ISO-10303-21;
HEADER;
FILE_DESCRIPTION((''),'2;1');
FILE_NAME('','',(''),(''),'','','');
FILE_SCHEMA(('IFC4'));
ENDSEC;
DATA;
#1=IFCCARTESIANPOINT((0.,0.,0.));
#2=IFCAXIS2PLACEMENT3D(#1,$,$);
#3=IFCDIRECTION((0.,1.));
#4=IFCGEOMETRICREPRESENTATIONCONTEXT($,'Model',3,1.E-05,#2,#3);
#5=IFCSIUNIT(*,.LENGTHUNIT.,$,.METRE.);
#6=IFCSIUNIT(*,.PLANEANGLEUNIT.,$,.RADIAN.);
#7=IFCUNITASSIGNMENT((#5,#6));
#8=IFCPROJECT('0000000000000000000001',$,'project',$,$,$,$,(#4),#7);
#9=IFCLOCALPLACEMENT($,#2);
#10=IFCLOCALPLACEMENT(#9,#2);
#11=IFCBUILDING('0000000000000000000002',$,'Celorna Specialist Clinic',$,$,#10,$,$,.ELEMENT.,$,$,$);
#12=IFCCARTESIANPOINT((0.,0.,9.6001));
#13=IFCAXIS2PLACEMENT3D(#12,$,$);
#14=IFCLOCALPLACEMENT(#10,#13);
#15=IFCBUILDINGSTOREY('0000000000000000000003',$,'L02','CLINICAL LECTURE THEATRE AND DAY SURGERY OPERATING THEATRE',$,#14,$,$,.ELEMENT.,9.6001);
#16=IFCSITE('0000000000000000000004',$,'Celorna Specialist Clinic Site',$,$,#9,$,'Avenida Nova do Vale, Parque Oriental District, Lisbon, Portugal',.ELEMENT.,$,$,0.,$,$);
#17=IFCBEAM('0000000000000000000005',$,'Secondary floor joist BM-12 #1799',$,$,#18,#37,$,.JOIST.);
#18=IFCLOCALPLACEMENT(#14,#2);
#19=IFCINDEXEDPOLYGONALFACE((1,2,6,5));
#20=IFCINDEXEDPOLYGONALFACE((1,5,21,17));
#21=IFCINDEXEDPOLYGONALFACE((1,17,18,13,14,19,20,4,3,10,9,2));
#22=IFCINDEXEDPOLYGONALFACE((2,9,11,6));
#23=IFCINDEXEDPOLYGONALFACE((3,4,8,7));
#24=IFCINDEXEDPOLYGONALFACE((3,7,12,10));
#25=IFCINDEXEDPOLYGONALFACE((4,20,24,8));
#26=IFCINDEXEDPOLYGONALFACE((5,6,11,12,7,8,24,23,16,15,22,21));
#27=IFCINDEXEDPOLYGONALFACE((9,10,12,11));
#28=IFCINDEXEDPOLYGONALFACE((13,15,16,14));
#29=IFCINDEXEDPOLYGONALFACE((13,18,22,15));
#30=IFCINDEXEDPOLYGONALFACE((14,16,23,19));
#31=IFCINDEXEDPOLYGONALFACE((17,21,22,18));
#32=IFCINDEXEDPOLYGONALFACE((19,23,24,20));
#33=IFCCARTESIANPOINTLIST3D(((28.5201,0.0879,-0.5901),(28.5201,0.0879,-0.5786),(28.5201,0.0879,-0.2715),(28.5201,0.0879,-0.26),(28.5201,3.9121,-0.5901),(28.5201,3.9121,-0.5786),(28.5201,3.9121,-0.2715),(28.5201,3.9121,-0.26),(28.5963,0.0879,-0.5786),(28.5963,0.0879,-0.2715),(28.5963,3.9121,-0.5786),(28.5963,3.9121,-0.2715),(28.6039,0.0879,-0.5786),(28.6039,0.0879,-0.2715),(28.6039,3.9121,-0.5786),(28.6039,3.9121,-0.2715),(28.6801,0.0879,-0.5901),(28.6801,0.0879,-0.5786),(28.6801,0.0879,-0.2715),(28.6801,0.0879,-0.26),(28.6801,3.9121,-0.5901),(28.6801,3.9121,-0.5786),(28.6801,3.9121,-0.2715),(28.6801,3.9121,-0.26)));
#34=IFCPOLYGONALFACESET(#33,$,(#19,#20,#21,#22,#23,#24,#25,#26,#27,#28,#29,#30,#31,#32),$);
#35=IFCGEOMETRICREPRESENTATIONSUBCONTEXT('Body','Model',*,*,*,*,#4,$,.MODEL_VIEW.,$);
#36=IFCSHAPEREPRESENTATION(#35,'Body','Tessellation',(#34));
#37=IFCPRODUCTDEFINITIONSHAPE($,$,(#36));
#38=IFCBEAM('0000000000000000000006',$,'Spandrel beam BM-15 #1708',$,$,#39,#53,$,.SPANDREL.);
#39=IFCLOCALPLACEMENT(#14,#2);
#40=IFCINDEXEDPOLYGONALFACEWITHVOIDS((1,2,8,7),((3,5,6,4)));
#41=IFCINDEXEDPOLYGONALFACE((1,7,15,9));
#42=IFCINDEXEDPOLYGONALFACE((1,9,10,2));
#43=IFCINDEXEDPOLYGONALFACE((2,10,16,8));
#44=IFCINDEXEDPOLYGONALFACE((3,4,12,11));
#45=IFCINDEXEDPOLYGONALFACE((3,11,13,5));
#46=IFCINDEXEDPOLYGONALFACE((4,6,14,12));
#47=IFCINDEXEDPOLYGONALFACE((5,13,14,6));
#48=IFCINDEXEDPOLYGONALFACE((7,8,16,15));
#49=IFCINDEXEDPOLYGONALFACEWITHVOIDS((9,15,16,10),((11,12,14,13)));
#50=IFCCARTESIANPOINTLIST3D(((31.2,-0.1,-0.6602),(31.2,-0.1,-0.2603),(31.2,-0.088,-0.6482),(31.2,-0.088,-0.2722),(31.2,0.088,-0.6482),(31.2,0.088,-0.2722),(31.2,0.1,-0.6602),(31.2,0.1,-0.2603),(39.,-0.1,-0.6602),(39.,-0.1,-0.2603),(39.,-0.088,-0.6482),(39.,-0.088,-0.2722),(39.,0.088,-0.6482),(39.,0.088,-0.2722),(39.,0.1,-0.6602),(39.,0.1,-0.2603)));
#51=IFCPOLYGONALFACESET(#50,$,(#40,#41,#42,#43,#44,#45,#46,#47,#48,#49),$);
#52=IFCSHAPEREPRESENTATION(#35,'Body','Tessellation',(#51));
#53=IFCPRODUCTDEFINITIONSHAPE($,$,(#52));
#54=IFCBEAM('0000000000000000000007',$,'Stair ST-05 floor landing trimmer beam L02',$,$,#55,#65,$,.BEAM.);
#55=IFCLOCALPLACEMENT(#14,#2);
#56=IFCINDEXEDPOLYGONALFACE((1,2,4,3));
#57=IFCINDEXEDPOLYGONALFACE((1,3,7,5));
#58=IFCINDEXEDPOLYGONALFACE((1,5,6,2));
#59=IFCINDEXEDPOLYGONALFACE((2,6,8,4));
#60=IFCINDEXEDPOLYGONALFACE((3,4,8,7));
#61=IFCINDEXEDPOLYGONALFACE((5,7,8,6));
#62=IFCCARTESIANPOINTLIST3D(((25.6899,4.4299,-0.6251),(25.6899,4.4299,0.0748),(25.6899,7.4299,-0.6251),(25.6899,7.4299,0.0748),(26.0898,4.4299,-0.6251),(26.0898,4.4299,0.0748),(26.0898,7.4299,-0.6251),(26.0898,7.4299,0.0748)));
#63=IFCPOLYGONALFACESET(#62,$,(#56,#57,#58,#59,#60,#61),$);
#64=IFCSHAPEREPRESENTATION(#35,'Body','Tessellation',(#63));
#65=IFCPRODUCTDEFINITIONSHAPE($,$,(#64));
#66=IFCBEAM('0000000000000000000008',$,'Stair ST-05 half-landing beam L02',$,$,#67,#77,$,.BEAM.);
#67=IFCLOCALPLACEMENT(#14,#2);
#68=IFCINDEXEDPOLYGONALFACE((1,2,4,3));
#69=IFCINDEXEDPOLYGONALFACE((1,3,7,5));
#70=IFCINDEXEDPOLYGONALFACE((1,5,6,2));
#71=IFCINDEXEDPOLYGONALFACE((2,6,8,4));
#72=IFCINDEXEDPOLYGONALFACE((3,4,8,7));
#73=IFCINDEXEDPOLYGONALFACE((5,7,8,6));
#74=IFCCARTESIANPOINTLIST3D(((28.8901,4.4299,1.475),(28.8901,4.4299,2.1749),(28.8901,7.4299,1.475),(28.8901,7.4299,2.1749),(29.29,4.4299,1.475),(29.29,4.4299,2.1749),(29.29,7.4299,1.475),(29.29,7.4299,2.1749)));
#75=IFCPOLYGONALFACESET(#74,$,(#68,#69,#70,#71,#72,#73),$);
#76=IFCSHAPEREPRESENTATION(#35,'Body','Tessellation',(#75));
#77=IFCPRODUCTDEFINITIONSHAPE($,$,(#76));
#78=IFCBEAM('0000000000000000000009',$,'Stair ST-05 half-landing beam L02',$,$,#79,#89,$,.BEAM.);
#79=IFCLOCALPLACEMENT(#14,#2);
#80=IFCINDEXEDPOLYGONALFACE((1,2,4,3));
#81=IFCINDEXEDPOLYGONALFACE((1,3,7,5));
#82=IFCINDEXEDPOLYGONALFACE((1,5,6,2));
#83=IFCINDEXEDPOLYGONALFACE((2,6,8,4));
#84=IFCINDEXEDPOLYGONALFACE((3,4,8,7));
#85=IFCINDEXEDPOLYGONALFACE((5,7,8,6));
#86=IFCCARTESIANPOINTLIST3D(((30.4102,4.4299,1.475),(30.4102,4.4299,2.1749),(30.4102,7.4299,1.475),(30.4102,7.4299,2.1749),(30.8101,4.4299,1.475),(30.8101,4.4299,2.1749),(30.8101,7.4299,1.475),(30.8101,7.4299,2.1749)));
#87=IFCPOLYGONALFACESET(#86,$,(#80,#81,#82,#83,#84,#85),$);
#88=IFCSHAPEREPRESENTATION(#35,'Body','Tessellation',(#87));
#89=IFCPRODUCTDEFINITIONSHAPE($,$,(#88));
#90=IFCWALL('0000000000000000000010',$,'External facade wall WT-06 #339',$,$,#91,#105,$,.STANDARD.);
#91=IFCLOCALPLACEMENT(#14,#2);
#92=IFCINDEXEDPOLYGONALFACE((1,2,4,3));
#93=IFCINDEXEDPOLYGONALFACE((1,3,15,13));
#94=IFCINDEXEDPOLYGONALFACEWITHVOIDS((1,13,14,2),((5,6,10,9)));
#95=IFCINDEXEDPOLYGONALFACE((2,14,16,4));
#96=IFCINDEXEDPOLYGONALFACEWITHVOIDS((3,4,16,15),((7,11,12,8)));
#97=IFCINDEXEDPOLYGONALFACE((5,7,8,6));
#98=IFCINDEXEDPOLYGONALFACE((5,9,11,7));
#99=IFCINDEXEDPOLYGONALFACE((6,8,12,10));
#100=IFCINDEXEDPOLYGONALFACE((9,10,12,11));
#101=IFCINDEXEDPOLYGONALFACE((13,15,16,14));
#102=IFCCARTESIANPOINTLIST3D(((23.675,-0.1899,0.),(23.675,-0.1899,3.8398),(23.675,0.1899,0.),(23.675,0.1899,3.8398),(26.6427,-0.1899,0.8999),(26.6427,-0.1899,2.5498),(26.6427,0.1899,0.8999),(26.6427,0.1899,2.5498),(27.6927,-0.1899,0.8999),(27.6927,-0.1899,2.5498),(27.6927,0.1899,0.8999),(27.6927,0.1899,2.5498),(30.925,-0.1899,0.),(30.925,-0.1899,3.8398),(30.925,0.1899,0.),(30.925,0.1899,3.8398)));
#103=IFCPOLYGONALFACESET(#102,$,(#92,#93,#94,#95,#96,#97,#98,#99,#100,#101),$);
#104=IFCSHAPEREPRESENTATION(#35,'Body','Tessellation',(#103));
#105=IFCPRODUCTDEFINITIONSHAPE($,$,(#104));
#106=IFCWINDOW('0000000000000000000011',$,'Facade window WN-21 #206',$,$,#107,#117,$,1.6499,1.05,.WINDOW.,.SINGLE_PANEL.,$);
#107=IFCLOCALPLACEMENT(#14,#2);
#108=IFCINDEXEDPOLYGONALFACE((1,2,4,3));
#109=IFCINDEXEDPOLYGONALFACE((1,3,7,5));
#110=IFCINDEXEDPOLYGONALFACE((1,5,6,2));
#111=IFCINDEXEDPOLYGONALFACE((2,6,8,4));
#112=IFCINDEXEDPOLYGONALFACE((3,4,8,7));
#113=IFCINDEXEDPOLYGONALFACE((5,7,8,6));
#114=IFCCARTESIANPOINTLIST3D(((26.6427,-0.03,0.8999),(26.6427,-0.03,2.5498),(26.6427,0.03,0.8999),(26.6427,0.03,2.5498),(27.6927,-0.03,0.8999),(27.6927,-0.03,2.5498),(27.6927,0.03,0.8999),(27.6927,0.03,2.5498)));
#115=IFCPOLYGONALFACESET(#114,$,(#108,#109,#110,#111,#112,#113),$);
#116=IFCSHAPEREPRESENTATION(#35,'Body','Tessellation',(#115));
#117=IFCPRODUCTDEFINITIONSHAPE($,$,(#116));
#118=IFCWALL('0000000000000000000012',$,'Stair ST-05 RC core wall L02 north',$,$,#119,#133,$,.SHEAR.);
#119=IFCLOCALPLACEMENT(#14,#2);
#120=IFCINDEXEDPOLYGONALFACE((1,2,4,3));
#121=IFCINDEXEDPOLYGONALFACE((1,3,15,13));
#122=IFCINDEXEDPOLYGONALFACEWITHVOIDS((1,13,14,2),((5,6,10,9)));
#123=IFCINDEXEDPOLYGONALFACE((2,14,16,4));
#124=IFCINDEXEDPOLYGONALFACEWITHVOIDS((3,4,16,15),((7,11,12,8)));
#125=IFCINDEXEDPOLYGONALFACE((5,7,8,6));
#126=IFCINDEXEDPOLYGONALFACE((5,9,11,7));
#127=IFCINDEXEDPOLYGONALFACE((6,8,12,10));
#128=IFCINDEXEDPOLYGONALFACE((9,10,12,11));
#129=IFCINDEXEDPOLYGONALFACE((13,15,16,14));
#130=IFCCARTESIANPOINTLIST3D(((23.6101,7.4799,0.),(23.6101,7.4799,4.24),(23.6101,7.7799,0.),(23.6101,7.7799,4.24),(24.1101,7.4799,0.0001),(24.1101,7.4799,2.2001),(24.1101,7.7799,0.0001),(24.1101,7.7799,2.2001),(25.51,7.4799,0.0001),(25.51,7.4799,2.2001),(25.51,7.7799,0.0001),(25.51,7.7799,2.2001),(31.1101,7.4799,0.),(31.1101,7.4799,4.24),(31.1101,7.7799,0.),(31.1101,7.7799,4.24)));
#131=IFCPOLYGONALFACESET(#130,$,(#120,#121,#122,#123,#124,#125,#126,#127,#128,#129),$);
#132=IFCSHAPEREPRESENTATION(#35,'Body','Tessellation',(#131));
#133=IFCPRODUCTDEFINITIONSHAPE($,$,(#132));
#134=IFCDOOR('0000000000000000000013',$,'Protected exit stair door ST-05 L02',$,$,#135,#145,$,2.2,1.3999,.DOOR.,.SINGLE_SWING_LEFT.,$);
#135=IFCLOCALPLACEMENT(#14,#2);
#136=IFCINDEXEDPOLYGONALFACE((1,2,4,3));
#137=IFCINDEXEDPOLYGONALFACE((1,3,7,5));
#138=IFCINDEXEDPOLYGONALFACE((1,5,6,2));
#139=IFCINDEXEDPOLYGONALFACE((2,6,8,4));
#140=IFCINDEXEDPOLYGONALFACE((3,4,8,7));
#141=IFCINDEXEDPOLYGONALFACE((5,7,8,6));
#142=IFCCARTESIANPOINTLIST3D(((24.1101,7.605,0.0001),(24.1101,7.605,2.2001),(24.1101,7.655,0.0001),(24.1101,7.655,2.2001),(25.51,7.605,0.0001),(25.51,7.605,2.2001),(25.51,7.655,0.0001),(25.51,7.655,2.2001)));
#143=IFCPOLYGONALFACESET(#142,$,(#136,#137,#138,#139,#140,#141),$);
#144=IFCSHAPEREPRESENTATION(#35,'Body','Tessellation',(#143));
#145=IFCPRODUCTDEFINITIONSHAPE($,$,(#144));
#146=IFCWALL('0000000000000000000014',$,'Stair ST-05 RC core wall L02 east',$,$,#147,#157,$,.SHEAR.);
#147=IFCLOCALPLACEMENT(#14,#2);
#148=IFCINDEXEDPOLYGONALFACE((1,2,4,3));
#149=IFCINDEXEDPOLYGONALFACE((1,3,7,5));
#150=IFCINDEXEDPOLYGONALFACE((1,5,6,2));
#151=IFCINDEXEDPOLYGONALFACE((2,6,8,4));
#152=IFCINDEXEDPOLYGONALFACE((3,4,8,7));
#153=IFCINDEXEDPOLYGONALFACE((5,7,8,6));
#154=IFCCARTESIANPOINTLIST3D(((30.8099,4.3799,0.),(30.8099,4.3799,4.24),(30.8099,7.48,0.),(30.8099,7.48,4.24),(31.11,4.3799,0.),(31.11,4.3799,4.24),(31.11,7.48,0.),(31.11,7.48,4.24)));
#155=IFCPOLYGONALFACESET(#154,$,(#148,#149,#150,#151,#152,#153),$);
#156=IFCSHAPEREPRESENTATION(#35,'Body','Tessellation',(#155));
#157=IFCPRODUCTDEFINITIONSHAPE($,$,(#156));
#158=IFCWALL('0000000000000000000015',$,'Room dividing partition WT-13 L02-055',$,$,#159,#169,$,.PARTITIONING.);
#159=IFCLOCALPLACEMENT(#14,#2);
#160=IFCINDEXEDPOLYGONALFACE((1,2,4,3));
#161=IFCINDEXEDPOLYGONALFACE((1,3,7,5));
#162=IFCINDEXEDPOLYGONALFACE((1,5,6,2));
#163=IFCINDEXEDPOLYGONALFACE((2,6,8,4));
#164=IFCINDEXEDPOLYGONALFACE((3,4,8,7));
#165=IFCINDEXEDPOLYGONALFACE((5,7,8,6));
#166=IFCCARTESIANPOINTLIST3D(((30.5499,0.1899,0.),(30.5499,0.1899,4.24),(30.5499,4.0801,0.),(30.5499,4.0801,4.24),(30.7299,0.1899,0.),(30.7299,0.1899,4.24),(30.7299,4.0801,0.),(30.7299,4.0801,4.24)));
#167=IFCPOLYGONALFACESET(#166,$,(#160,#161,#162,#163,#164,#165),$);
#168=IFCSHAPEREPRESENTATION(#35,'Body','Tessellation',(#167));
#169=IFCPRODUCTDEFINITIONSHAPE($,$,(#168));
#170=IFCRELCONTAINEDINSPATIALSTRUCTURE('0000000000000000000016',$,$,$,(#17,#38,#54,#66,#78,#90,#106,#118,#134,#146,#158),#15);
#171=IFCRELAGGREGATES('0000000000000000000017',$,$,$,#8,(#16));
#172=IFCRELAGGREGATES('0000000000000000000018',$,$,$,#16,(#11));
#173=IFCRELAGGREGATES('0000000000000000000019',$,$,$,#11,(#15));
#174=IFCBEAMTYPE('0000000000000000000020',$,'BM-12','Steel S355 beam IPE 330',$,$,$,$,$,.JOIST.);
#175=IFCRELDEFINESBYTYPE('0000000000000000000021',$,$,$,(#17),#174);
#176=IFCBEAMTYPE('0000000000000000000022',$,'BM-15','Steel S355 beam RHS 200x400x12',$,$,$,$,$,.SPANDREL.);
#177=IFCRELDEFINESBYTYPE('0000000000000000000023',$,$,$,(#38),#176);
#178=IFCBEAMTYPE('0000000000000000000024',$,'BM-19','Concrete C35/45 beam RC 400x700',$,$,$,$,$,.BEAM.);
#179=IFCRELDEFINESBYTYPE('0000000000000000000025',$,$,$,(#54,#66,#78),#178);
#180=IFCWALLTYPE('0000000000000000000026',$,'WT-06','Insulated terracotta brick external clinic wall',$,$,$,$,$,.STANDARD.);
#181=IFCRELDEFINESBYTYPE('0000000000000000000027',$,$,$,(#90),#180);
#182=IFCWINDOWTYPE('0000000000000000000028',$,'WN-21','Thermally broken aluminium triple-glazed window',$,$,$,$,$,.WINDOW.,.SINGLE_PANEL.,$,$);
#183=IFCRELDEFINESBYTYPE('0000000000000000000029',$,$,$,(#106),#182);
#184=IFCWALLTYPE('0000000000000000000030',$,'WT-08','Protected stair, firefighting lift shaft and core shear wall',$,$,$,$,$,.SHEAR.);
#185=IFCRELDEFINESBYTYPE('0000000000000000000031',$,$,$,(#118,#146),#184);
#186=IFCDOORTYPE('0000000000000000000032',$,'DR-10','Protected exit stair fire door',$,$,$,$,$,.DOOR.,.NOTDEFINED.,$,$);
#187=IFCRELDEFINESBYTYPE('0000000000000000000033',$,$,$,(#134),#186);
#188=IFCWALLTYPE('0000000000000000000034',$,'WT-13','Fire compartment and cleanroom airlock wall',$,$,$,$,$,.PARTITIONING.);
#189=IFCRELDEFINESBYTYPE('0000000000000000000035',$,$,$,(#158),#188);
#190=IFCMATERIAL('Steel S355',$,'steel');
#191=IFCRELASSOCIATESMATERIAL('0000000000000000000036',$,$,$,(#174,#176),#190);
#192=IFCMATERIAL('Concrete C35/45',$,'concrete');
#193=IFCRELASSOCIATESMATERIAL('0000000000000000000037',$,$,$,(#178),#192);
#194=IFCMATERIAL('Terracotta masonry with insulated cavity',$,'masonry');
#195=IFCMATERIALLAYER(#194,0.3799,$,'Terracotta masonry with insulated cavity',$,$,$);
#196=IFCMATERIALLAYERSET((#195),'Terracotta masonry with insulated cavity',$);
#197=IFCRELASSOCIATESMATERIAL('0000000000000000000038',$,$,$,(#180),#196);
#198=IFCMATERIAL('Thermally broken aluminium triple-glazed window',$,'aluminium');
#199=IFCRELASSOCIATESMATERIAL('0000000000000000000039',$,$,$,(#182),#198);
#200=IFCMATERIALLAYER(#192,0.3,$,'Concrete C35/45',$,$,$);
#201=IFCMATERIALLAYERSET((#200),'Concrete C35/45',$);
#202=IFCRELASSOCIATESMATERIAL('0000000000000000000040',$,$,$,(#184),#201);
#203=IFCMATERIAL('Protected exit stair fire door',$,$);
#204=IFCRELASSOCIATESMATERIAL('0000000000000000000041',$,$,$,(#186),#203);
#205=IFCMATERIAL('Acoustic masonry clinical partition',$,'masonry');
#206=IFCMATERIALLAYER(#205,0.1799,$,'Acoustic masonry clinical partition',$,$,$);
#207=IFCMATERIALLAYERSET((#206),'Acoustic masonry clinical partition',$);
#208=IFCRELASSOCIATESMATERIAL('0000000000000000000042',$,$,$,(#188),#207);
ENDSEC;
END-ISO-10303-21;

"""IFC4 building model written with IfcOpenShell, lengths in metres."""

from ifc_helpers import new_model, si_unit, direction, frame, frame_2d, origin, origin_2d, place, context, subcontext, project, spatial, rectangle, hollow_rectangle, i_section, extrude, material, layer, layer_set, material_profile, profile_set, type_object, element, fill, save


model = new_model("IFC4")

# Units and contexts
model_context = context("Model", 3, precision=1e-05, world=origin(), true_north=direction((0.0, 1.0)))
body_context = subcontext(model_context, "Body", "Model", "MODEL_VIEW")
ifc_project = project(units=[si_unit("LENGTHUNIT", "METRE"), si_unit("PLANEANGLEUNIT", "RADIAN")], contexts=[model_context])

# Site, building, storey
site_placement = place(None, origin())
site = spatial("IfcSite", under=ifc_project, at=site_placement, Name="Celorna Specialist Clinic Site", LongName="Avenida Nova do Vale, Parque Oriental District, Lisbon, Portugal", CompositionType="ELEMENT", RefElevation=0.0)
building_placement = place(site_placement, origin())
building = spatial("IfcBuilding", under=site, at=building_placement, Name="Celorna Specialist Clinic", CompositionType="ELEMENT")
storey_placement = place(building_placement, frame((0.0, 0.0, 9.6001)))
storey = spatial("IfcBuildingStorey", under=building, at=storey_placement, Name="L02", Description="CLINICAL LECTURE THEATRE AND DAY SURGERY OPERATING THEATRE", CompositionType="ELEMENT", Elevation=9.6001)

# Shared definitions
ifc_material_1 = material(Name="Concrete C35/45", Category="concrete")

# Beams
ifc_material_2 = material(Name="Steel S355", Category="steel")
ifc_material_profile_1 = material_profile(ifc_material_2, i_section(OverallWidth=0.1599, OverallDepth=0.3301, WebThickness=0.0076, FlangeThickness=0.0115, at=origin_2d()), Name="IPE 330")
ifc_profile_set_1 = profile_set([ifc_material_profile_1], Name="Steel S355")
beam_type_1 = type_object("IfcBeamType", Name="BM-12", Description="Steel S355 beam IPE 330", PredefinedType="JOIST", material=ifc_profile_set_1)
for number, where, z_axis, x_axis, name in (
    (1, (28.6001, 0.0879, -0.425), (0.0, 1.0, 0.0), (-1.0, 0.0, 0.0), "Secondary floor joist BM-12 #1799"),
):
    element("IfcBeam", number, at=place(storey_placement, frame(where, z_axis=z_axis, x_axis=x_axis)), inside=storey, type_object=beam_type_1, Name=name, PredefinedType="JOIST", context=body_context, shape_type="SweptSolid", body=[
        extrude(i_section(OverallWidth=0.1599, OverallDepth=0.3301, WebThickness=0.0076, FlangeThickness=0.0115, at=origin_2d()), origin(), (0.0, 0.0, 1.0), 3.8242),
    ])
ifc_material_profile_2 = material_profile(ifc_material_2, hollow_rectangle(XDim=0.2, YDim=0.3999, WallThickness=0.012, at=origin_2d()), Name="RHS 200x400x12")
ifc_profile_set_2 = profile_set([ifc_material_profile_2], Name="Steel S355")
beam_type_2 = type_object("IfcBeamType", Name="BM-15", Description="Steel S355 beam RHS 200x400x12", PredefinedType="SPANDREL", material=ifc_profile_set_2)
beam_1_placement = place(storey_placement, frame((31.2, 0.0, -0.4602), z_axis=(1.0, 0.0, 0.0), x_axis=(0.0, 1.0, 0.0)))
element("IfcBeam", 2, at=beam_1_placement, inside=storey, type_object=beam_type_2, Name="Spandrel beam BM-15 #1708", PredefinedType="SPANDREL", context=body_context, shape_type="SweptSolid", body=[
    extrude(hollow_rectangle(XDim=0.2, YDim=0.3999, WallThickness=0.012, at=origin_2d()), origin(), (0.0, 0.0, 1.0), 7.8),
])
ifc_material_profile_3 = material_profile(ifc_material_1, rectangle(XDim=0.3999, YDim=0.7, at=origin_2d()), Name="RC 400x700")
ifc_profile_set_3 = profile_set([ifc_material_profile_3], Name="Concrete C35/45")
beam_type_3 = type_object("IfcBeamType", Name="BM-19", Description="Concrete C35/45 beam RC 400x700", PredefinedType="BEAM", material=ifc_profile_set_3)
for number, where, z_axis, x_axis, name in (
    (3, (25.8899, 4.4299, -0.2751), (0.0, 1.0, 0.0), (-1.0, 0.0, 0.0), "Stair ST-05 floor landing trimmer beam L02"),
    (4, (29.0901, 4.4299, 1.825), (0.0, 1.0, 0.0), (-1.0, 0.0, 0.0), "Stair ST-05 half-landing beam L02"),
    (5, (30.6101, 4.4299, 1.825), (0.0, 1.0, 0.0), (-1.0, 0.0, 0.0), "Stair ST-05 half-landing beam L02"),
):
    element("IfcBeam", number, at=place(storey_placement, frame(where, z_axis=z_axis, x_axis=x_axis)), inside=storey, type_object=beam_type_3, Name=name, PredefinedType="BEAM", context=body_context, shape_type="SweptSolid", body=[
        extrude(rectangle(XDim=0.3999, YDim=0.7, at=origin_2d()), origin(), (0.0, 0.0, 1.0), 3.0),
    ])

# Wall, opening, window
ifc_material_3 = material(Name="Terracotta masonry with insulated cavity", Category="masonry")
ifc_layer_1 = layer(ifc_material_3, 0.3799, Name="Terracotta masonry with insulated cavity")
ifc_layer_set_1 = layer_set([ifc_layer_1], Name="Terracotta masonry with insulated cavity")
wall_type_1 = type_object("IfcWallType", Name="WT-06", Description="Insulated terracotta brick external clinic wall", PredefinedType="STANDARD", material=ifc_layer_set_1)
wall_1_placement = place(storey_placement, frame((30.925, 0.0, 0.0), z_axis=(0.0, 0.0, 1.0), x_axis=(-1.0, 0.0, 0.0)))
wall_1 = element("IfcWall", 6, at=wall_1_placement, inside=storey, type_object=wall_type_1, Name="External facade wall WT-06 #339", PredefinedType="STANDARD", context=body_context, shape_type="SweptSolid", body=[
    extrude(rectangle(XDim=7.25, YDim=0.3799, at=frame_2d((3.625, 0.0))), origin(), (0.0, 0.0, 1.0), 3.8398),
])
opening_1_placement = place(wall_1_placement, frame((3.2324, 0.0, 0.8999)))
opening_1 = element("IfcOpeningElement", 7, at=opening_1_placement, cuts=wall_1, PredefinedType="OPENING", context=body_context, shape_type="SweptSolid", body=[
    extrude(rectangle(XDim=1.05, YDim=1.6499, at=frame_2d((0.5249, 0.825))), frame((0.0, 0.2, 0.0), z_axis=(0.0, -1.0, 0.0), x_axis=(1.0, 0.0, 0.0)), (0.0, 0.0, 1.0), 0.3999),
])
ifc_material_4 = material(Name="Thermally broken aluminium triple-glazed window", Category="aluminium")
window_type = type_object("IfcWindowType", Name="WN-21", Description="Thermally broken aluminium triple-glazed window", PartitioningType="SINGLE_PANEL", PredefinedType="WINDOW", material=ifc_material_4)
window_placement = place(opening_1_placement, origin())
window = element("IfcWindow", 8, at=window_placement, inside=storey, type_object=window_type, Name="Facade window WN-21 #206", OverallHeight=1.6499, OverallWidth=1.05, PartitioningType="SINGLE_PANEL", PredefinedType="WINDOW", context=body_context, shape_type="SweptSolid", body=[
    extrude(rectangle(XDim=1.05, YDim=1.6499, at=frame_2d((0.5249, 0.825))), frame((0.0, 0.03, 0.0), z_axis=(0.0, -1.0, 0.0), x_axis=(1.0, 0.0, 0.0)), (0.0, 0.0, 1.0), 0.0601),
])
fill(opening_1, window)

# Wall, opening, door
ifc_layer_2 = layer(ifc_material_1, 0.3, Name="Concrete C35/45")
ifc_layer_set_2 = layer_set([ifc_layer_2], Name="Concrete C35/45")
wall_type_2 = type_object("IfcWallType", Name="WT-08", Description="Protected stair, firefighting lift shaft and core shear wall", PredefinedType="SHEAR", material=ifc_layer_set_2)
wall_2_placement = place(storey_placement, frame((31.1101, 7.6299, 0.0), z_axis=(0.0, 0.0, 1.0), x_axis=(-1.0, 0.0, 0.0)))
wall_2 = element("IfcWall", 9, at=wall_2_placement, inside=storey, type_object=wall_type_2, Name="Stair ST-05 RC core wall L02 north", PredefinedType="SHEAR", context=body_context, shape_type="SweptSolid", body=[
    extrude(rectangle(XDim=7.5, YDim=0.3, at=frame_2d((3.75, 0.0))), origin(), (0.0, 0.0, 1.0), 4.24),
])
opening_2_placement = place(wall_2_placement, frame((5.6001, 0.0, 0.0)))
opening_2 = element("IfcOpeningElement", 10, at=opening_2_placement, cuts=wall_2, PredefinedType="OPENING", context=body_context, shape_type="SweptSolid", body=[
    extrude(rectangle(XDim=1.3999, YDim=2.2, at=frame_2d((0.7, 1.1001))), frame((0.0, 0.1599, 0.0), z_axis=(0.0, -1.0, 0.0), x_axis=(1.0, 0.0, 0.0)), (0.0, 0.0, 1.0), 0.3201),
])
ifc_material_5 = material(Name="Protected exit stair fire door")
door_type = type_object("IfcDoorType", Name="DR-10", Description="Protected exit stair fire door", OperationType="NOTDEFINED", PredefinedType="DOOR", material=ifc_material_5)
door_placement = place(opening_2_placement, origin())
door = element("IfcDoor", 11, at=door_placement, inside=storey, type_object=door_type, Name="Protected exit stair door ST-05 L02", OperationType="SINGLE_SWING_LEFT", OverallHeight=2.2, OverallWidth=1.3999, PredefinedType="DOOR", context=body_context, shape_type="SweptSolid", body=[
    extrude(rectangle(XDim=1.3999, YDim=2.2, at=frame_2d((0.7, 1.1001))), frame((0.0, 0.0249, 0.0), z_axis=(0.0, -1.0, 0.0), x_axis=(1.0, 0.0, 0.0)), (0.0, 0.0, 1.0), 0.05),
])
fill(opening_2, door)

# Walls
wall_3_placement = place(storey_placement, frame((30.96, 4.3799, 0.0), z_axis=(0.0, 0.0, 1.0), x_axis=(0.0, 1.0, 0.0)))
element("IfcWall", 12, at=wall_3_placement, inside=storey, type_object=wall_type_2, Name="Stair ST-05 RC core wall L02 east", PredefinedType="SHEAR", context=body_context, shape_type="SweptSolid", body=[
    extrude(rectangle(XDim=3.1001, YDim=0.3, at=frame_2d((1.55, 0.0))), origin(), (0.0, 0.0, 1.0), 4.24),
])
ifc_material_6 = material(Name="Acoustic masonry clinical partition", Category="masonry")
ifc_layer_3 = layer(ifc_material_6, 0.1799, Name="Acoustic masonry clinical partition")
ifc_layer_set_3 = layer_set([ifc_layer_3], Name="Acoustic masonry clinical partition")
wall_type_3 = type_object("IfcWallType", Name="WT-13", Description="Fire compartment and cleanroom airlock wall", PredefinedType="PARTITIONING", material=ifc_layer_set_3)
wall_4_placement = place(storey_placement, frame((30.6399, 0.1899, 0.0), z_axis=(0.0, 0.0, 1.0), x_axis=(0.0, 1.0, 0.0)))
element("IfcWall", 13, at=wall_4_placement, inside=storey, type_object=wall_type_3, Name="Room dividing partition WT-13 L02-055", PredefinedType="PARTITIONING", context=body_context, shape_type="SweptSolid", body=[
    extrude(rectangle(XDim=3.8901, YDim=0.1799, at=frame_2d((1.9451, 0.0))), origin(), (0.0, 0.0, 1.0), 4.24),
])

save(model, "model.ifc")
